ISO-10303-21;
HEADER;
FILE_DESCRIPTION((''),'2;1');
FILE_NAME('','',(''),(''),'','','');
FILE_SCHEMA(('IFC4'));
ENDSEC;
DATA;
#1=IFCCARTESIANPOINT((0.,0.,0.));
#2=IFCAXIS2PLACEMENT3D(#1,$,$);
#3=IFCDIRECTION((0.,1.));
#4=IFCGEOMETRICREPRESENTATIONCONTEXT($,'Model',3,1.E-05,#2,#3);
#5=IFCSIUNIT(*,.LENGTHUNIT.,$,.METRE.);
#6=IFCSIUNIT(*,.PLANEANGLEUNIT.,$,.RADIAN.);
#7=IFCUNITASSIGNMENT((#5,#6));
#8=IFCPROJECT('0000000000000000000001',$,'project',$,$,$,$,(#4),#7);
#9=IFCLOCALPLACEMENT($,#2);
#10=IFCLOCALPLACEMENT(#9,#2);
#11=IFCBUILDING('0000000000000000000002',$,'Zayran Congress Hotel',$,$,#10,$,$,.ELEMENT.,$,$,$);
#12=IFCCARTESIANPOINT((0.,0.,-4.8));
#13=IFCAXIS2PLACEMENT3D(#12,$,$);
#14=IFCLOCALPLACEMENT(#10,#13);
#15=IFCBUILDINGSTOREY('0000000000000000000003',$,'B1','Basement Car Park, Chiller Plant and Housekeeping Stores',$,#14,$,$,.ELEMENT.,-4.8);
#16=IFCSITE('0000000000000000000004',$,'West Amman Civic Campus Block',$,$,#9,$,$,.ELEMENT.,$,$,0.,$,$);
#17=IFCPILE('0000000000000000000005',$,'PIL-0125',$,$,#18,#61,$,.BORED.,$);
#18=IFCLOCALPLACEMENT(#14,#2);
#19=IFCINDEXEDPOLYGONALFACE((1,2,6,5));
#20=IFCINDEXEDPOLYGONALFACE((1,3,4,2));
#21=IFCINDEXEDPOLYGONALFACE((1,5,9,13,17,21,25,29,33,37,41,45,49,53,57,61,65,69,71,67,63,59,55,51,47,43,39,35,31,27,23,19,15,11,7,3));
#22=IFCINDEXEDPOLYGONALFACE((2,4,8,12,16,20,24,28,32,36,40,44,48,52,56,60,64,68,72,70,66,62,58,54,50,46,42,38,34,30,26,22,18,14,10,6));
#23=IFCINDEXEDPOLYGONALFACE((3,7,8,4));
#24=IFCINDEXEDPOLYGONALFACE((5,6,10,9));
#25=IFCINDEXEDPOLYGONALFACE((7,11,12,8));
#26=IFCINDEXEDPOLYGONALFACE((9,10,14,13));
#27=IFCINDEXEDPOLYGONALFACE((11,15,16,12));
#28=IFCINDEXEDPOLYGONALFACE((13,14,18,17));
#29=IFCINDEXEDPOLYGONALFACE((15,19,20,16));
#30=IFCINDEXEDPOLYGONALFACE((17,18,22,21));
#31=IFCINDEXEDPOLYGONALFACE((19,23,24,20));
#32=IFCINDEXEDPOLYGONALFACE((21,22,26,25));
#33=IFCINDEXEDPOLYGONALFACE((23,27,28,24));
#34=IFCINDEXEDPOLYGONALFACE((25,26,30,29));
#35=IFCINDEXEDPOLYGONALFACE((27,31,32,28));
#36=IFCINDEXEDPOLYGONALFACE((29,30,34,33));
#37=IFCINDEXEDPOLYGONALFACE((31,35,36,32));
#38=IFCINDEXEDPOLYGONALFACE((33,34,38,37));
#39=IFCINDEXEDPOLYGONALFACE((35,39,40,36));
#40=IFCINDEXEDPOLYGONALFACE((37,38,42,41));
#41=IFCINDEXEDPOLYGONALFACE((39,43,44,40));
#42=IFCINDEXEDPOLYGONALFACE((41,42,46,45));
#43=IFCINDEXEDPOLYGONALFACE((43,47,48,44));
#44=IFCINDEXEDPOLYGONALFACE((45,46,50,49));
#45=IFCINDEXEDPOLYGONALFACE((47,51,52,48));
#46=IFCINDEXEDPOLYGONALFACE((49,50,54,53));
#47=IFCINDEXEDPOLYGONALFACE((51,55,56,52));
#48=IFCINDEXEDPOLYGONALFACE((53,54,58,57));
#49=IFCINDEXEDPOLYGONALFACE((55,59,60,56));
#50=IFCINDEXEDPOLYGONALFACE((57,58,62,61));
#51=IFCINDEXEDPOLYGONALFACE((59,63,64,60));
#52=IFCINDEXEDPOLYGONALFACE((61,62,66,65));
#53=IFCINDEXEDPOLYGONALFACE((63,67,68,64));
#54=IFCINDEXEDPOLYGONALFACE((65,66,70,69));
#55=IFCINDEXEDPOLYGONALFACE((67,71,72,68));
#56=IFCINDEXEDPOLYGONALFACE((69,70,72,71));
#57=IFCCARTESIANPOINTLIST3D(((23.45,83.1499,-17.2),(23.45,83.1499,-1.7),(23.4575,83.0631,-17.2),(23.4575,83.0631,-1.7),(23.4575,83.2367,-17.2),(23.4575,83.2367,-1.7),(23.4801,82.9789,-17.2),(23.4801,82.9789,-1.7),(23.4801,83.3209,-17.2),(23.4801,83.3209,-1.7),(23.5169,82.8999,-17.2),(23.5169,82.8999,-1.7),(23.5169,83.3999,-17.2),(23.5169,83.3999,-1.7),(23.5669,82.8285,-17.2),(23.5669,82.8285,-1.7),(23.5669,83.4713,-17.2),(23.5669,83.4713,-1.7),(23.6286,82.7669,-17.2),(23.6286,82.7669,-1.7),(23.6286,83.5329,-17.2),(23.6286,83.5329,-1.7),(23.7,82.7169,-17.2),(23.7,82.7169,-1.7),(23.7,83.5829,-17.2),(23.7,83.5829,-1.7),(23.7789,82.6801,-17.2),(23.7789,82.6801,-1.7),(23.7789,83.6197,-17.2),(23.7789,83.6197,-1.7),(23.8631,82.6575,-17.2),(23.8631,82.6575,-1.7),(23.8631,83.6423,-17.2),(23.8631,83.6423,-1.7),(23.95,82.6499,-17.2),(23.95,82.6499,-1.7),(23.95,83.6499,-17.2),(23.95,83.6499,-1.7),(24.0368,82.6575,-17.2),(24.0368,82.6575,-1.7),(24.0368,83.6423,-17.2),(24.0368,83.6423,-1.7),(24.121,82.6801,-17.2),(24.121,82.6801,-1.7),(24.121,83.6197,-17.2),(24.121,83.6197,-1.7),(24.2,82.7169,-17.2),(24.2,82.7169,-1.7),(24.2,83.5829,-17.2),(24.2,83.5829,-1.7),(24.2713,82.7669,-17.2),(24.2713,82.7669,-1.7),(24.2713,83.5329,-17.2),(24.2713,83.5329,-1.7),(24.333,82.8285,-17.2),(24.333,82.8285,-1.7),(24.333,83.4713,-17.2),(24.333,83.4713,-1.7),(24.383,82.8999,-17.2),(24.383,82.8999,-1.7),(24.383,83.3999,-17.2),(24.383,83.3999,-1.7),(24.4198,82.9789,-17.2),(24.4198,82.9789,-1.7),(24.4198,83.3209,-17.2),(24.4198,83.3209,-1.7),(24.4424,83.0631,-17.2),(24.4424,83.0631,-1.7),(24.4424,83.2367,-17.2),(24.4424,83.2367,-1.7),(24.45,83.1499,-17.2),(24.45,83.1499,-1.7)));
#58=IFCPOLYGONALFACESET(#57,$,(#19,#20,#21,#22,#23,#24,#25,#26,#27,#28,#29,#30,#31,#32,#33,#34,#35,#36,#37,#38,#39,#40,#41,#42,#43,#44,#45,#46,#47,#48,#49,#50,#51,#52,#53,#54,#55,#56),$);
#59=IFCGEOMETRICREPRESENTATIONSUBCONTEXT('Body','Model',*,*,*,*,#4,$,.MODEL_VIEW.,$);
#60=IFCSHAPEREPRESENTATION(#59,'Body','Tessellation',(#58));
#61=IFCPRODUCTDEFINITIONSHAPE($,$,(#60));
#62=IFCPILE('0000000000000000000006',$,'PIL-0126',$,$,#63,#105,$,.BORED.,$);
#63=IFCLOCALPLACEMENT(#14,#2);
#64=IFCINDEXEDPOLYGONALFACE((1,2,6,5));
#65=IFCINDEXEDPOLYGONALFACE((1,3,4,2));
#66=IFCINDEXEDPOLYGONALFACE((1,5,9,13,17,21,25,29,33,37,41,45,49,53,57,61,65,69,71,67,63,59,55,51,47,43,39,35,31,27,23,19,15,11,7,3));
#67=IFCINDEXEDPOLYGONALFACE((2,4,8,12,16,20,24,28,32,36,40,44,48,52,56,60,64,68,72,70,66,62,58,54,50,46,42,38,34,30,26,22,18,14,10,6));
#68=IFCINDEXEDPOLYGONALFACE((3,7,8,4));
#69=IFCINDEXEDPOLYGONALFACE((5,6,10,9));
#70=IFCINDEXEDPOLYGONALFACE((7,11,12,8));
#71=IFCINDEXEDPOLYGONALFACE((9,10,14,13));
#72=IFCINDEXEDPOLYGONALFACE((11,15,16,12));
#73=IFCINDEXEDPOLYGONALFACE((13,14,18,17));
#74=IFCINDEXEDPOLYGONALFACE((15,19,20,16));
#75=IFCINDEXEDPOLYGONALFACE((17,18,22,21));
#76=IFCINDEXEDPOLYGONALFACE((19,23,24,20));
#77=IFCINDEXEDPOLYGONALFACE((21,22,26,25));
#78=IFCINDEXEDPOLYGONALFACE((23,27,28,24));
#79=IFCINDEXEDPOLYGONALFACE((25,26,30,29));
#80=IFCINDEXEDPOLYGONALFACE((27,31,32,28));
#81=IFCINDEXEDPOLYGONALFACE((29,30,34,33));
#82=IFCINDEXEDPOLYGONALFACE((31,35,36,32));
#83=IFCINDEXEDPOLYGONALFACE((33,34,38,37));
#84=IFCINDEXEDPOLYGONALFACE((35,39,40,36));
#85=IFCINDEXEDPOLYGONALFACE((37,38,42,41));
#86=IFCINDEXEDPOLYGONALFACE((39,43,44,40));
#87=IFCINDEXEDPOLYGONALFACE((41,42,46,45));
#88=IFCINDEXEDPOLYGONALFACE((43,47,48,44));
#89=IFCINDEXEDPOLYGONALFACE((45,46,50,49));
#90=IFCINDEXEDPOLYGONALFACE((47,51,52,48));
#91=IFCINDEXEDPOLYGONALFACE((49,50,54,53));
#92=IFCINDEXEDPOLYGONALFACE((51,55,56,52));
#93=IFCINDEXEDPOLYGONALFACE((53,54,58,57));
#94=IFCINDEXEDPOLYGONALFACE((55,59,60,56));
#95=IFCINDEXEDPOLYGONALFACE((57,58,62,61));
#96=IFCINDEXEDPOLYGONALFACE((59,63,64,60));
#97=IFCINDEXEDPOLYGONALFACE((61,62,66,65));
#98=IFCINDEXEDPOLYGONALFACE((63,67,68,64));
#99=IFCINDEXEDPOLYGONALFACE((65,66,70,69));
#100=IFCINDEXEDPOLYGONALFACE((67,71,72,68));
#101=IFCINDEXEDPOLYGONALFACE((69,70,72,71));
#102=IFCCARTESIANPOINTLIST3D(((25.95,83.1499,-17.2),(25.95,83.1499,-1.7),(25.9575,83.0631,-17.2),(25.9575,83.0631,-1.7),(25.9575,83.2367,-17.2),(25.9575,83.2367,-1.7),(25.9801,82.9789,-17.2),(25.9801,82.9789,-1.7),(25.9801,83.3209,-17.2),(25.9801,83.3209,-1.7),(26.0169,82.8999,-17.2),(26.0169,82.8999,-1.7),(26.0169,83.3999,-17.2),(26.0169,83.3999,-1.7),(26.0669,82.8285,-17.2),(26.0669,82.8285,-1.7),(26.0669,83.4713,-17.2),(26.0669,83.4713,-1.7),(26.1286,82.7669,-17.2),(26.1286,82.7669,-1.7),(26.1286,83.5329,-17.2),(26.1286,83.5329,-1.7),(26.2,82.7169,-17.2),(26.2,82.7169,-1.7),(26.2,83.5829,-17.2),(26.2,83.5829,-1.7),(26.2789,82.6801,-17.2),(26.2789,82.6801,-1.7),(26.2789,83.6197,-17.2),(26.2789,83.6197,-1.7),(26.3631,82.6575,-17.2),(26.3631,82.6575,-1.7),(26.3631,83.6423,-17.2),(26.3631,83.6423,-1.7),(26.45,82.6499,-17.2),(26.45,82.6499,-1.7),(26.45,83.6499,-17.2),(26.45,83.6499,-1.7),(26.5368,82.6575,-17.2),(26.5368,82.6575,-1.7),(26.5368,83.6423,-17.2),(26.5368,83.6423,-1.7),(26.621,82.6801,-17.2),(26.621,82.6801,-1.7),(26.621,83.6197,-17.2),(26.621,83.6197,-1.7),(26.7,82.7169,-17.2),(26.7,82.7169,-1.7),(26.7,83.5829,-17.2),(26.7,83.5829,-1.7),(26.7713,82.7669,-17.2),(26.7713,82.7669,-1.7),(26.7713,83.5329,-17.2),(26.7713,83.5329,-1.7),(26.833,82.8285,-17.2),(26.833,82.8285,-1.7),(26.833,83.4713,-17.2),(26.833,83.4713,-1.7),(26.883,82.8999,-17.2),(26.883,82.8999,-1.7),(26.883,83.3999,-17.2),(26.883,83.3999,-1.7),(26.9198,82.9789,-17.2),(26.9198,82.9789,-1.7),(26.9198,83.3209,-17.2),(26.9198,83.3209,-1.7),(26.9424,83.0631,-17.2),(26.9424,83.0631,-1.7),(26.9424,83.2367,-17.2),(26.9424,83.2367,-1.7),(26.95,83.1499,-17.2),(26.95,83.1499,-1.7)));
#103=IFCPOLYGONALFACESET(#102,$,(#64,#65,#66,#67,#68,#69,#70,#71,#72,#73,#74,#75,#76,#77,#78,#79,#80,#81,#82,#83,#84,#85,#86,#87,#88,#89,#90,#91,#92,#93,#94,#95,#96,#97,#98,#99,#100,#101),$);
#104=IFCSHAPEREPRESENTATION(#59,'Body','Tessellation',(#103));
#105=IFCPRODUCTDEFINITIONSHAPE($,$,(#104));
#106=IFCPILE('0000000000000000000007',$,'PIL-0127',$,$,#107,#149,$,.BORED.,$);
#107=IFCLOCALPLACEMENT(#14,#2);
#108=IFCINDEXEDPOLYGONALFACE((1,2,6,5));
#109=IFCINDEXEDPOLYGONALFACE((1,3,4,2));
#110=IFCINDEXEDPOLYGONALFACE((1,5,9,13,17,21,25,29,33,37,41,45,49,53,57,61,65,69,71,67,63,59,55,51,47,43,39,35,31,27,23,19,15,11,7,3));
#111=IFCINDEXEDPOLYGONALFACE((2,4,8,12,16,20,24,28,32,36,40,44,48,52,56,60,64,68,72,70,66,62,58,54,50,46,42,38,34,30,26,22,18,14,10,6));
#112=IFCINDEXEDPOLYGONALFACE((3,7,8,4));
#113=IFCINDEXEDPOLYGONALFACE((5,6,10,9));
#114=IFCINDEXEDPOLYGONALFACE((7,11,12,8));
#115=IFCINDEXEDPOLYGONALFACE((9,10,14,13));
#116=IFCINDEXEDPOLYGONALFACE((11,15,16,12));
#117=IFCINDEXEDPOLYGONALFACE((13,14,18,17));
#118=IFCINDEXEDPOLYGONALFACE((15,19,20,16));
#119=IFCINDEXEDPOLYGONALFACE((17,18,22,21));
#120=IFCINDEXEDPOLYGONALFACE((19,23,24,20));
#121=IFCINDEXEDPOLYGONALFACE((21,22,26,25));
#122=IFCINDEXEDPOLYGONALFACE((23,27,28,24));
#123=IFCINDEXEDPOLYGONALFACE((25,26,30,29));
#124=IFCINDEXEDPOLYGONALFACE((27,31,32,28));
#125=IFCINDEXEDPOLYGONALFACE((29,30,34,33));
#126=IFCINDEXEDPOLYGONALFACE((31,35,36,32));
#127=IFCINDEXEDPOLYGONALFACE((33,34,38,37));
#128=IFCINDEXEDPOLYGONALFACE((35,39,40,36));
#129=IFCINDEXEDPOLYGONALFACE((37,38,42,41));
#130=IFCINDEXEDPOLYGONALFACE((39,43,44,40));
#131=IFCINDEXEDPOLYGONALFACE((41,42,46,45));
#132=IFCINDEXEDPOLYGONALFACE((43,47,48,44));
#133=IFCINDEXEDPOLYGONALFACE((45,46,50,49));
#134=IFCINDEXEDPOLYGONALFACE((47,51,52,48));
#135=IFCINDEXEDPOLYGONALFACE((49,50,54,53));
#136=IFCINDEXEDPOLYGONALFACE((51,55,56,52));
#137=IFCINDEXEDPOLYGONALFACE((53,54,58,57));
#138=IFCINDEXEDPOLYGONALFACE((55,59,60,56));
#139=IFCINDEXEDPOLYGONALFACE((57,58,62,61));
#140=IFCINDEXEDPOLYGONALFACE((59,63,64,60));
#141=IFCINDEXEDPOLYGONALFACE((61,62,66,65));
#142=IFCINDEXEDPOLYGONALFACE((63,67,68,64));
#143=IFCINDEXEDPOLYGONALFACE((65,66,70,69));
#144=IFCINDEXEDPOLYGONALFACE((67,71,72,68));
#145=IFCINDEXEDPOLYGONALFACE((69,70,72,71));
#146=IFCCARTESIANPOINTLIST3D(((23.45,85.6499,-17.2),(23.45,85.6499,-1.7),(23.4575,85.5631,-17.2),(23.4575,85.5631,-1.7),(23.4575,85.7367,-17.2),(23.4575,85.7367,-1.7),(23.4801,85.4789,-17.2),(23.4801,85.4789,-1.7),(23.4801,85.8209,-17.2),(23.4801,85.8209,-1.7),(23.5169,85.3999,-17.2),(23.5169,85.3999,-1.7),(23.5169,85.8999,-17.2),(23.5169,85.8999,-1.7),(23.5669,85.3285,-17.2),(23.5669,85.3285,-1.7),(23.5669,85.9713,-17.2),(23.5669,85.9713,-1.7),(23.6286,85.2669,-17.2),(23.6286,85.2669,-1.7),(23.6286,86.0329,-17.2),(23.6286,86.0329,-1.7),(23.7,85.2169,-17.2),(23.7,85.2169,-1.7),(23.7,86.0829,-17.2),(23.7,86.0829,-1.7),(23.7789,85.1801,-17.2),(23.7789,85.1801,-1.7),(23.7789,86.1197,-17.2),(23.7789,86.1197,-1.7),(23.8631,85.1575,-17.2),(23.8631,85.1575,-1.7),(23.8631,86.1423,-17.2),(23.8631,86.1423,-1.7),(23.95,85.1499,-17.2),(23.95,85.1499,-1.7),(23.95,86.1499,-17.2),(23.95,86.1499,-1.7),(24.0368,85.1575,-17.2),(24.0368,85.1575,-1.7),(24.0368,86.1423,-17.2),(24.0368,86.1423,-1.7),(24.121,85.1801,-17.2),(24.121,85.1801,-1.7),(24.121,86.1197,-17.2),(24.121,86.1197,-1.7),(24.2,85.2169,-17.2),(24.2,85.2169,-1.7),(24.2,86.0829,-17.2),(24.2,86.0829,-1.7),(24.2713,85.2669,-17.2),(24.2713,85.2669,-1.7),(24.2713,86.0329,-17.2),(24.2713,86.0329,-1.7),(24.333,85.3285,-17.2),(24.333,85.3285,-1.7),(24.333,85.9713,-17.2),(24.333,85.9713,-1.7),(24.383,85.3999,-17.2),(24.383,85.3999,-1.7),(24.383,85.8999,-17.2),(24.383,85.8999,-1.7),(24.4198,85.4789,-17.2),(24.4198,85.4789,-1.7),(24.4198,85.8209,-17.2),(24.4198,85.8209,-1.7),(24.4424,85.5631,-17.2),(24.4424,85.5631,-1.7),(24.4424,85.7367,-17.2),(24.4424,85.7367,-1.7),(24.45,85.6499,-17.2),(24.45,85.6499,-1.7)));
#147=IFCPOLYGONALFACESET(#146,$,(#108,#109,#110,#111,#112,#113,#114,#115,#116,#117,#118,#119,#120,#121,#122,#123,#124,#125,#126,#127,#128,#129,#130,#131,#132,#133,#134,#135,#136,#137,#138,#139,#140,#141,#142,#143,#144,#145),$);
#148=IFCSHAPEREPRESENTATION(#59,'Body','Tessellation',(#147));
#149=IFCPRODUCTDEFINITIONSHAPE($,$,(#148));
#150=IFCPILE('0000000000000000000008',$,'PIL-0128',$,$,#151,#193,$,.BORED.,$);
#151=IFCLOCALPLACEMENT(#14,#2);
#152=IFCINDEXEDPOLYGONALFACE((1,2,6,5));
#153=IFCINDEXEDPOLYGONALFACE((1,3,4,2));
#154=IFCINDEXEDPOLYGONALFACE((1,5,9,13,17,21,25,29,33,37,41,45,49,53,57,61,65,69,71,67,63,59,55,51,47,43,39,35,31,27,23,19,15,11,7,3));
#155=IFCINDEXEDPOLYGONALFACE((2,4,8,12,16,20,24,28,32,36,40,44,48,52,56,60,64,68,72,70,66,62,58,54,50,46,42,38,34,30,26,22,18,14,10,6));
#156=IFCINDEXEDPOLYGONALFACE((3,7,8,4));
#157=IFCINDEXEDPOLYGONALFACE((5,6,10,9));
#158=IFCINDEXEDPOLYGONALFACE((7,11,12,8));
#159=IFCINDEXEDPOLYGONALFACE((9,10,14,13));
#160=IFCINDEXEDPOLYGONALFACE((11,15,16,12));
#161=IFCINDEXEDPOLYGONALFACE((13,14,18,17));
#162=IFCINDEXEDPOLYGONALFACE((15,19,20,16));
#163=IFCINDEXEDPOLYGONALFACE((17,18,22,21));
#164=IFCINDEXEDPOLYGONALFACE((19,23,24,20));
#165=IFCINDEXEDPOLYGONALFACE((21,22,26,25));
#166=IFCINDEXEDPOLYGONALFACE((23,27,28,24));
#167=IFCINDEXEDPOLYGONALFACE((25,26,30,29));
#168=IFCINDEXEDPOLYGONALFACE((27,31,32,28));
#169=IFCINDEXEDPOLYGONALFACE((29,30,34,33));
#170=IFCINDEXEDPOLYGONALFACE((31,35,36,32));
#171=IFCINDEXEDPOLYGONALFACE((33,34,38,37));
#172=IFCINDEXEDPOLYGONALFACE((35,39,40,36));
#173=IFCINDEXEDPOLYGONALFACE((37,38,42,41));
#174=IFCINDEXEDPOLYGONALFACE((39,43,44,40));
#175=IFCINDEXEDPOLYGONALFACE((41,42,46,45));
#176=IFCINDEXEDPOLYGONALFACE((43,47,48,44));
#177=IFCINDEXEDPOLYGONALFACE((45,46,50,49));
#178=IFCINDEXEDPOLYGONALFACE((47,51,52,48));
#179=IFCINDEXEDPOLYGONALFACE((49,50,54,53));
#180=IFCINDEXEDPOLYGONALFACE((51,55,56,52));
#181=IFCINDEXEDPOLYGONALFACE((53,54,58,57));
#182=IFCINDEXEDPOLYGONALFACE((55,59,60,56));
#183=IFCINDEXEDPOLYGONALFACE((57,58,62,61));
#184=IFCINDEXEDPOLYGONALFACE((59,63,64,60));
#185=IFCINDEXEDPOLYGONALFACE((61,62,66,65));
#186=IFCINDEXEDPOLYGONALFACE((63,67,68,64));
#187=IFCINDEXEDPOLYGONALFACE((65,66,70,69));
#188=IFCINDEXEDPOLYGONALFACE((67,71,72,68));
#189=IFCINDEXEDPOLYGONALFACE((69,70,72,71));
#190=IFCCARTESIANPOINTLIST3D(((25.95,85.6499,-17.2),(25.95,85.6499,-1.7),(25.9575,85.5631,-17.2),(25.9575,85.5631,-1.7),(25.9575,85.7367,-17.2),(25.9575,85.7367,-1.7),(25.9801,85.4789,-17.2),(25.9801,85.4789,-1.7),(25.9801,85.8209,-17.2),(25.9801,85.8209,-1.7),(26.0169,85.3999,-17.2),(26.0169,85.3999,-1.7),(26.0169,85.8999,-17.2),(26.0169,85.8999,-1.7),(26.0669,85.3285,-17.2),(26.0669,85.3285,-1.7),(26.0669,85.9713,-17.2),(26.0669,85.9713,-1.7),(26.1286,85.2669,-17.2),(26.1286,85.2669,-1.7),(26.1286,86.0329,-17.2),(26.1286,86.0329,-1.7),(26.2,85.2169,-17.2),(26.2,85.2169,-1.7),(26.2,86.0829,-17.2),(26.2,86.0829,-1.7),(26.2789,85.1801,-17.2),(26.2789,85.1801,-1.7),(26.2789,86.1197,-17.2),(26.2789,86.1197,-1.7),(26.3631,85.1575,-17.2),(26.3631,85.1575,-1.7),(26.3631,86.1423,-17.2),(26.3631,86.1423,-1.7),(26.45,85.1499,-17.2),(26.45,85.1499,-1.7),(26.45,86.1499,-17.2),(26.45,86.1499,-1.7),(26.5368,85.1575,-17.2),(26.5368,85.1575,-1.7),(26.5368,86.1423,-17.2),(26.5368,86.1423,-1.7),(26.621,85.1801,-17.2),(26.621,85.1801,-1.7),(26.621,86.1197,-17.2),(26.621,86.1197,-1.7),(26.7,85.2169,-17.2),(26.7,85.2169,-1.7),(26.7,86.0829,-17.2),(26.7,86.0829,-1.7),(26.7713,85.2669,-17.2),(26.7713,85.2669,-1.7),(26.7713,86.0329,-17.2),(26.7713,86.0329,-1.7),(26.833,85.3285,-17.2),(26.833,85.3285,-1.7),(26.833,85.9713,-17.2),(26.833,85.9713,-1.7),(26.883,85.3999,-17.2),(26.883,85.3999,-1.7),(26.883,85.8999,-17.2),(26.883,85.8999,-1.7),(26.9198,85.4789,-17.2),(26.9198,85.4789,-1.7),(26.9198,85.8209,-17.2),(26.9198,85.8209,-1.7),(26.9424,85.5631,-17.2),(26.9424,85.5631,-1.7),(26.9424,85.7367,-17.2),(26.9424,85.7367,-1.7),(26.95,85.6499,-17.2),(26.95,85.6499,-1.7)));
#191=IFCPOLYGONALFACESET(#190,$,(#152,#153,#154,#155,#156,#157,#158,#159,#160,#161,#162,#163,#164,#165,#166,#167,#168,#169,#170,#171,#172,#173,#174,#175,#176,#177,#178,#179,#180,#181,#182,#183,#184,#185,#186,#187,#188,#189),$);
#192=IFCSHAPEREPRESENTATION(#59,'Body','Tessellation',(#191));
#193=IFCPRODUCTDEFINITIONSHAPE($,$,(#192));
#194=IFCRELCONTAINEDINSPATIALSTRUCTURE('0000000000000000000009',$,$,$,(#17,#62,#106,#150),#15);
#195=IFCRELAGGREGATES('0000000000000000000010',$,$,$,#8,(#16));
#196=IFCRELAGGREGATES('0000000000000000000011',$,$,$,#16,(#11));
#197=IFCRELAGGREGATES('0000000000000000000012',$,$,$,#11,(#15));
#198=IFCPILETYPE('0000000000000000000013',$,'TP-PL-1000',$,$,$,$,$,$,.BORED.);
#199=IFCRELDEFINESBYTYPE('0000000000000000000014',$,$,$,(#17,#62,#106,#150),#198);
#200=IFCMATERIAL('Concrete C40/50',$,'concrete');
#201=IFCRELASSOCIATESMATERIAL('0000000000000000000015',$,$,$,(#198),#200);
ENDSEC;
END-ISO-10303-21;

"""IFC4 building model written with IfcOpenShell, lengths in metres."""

from ifc_helpers import new_model, si_unit, direction, frame, origin, origin_2d, place, context, subcontext, project, spatial, circle, extrude, material, material_profile, profile_set, type_object, element, save


model = new_model("IFC4")

# Units and contexts
model_context = context("Model", 3, precision=1e-05, world=origin(), true_north=direction((0.0, 1.0)))
body_context = subcontext(model_context, "Body", "Model", "MODEL_VIEW")
ifc_project = project(units=[si_unit("LENGTHUNIT", "METRE"), si_unit("PLANEANGLEUNIT", "RADIAN")], contexts=[model_context])

# Site, building, storey
site_placement = place(None, origin())
site = spatial("IfcSite", under=ifc_project, at=site_placement, Name="West Amman Civic Campus Block", CompositionType="ELEMENT", RefElevation=0.0)
building_placement = place(site_placement, origin())
building = spatial("IfcBuilding", under=site, at=building_placement, Name="Zayran Congress Hotel", CompositionType="ELEMENT")
storey_placement = place(building_placement, frame((0.0, 0.0, -4.8)))
storey = spatial("IfcBuildingStorey", under=building, at=storey_placement, Name="B1", Description="Basement Car Park, Chiller Plant and Housekeeping Stores", CompositionType="ELEMENT", Elevation=-4.8)

# Piles
ifc_material_1 = material(Name="Concrete C40/50", Category="concrete")
ifc_material_profile_1 = material_profile(ifc_material_1, circle(Radius=0.5, at=origin_2d()), Name="PILE D1000")
ifc_profile_set_1 = profile_set([ifc_material_profile_1], Name="Concrete C40/50")
pile_type = type_object("IfcPileType", Name="TP-PL-1000", PredefinedType="BORED", material=ifc_profile_set_1)
for number, where, z_axis, x_axis, name in (
    (1, (23.95, 83.1499, -1.7), (0.0, 0.0, -1.0), (1.0, 0.0, 0.0), "PIL-0125"),
    (2, (26.45, 83.1499, -1.7), (0.0, 0.0, -1.0), (1.0, 0.0, 0.0), "PIL-0126"),
    (3, (23.95, 85.6499, -1.7), (0.0, 0.0, -1.0), (1.0, 0.0, 0.0), "PIL-0127"),
    (4, (26.45, 85.6499, -1.7), (0.0, 0.0, -1.0), (1.0, 0.0, 0.0), "PIL-0128"),
):
    element("IfcPile", number, at=place(storey_placement, frame(where, z_axis=z_axis, x_axis=x_axis)), inside=storey, type_object=pile_type, Name=name, PredefinedType="BORED", context=body_context, shape_type="SweptSolid", body=[
        extrude(circle(Radius=0.5, at=origin_2d()), origin(), (0.0, 0.0, 1.0), 15.5),
    ])

save(model, "model.ifc")
